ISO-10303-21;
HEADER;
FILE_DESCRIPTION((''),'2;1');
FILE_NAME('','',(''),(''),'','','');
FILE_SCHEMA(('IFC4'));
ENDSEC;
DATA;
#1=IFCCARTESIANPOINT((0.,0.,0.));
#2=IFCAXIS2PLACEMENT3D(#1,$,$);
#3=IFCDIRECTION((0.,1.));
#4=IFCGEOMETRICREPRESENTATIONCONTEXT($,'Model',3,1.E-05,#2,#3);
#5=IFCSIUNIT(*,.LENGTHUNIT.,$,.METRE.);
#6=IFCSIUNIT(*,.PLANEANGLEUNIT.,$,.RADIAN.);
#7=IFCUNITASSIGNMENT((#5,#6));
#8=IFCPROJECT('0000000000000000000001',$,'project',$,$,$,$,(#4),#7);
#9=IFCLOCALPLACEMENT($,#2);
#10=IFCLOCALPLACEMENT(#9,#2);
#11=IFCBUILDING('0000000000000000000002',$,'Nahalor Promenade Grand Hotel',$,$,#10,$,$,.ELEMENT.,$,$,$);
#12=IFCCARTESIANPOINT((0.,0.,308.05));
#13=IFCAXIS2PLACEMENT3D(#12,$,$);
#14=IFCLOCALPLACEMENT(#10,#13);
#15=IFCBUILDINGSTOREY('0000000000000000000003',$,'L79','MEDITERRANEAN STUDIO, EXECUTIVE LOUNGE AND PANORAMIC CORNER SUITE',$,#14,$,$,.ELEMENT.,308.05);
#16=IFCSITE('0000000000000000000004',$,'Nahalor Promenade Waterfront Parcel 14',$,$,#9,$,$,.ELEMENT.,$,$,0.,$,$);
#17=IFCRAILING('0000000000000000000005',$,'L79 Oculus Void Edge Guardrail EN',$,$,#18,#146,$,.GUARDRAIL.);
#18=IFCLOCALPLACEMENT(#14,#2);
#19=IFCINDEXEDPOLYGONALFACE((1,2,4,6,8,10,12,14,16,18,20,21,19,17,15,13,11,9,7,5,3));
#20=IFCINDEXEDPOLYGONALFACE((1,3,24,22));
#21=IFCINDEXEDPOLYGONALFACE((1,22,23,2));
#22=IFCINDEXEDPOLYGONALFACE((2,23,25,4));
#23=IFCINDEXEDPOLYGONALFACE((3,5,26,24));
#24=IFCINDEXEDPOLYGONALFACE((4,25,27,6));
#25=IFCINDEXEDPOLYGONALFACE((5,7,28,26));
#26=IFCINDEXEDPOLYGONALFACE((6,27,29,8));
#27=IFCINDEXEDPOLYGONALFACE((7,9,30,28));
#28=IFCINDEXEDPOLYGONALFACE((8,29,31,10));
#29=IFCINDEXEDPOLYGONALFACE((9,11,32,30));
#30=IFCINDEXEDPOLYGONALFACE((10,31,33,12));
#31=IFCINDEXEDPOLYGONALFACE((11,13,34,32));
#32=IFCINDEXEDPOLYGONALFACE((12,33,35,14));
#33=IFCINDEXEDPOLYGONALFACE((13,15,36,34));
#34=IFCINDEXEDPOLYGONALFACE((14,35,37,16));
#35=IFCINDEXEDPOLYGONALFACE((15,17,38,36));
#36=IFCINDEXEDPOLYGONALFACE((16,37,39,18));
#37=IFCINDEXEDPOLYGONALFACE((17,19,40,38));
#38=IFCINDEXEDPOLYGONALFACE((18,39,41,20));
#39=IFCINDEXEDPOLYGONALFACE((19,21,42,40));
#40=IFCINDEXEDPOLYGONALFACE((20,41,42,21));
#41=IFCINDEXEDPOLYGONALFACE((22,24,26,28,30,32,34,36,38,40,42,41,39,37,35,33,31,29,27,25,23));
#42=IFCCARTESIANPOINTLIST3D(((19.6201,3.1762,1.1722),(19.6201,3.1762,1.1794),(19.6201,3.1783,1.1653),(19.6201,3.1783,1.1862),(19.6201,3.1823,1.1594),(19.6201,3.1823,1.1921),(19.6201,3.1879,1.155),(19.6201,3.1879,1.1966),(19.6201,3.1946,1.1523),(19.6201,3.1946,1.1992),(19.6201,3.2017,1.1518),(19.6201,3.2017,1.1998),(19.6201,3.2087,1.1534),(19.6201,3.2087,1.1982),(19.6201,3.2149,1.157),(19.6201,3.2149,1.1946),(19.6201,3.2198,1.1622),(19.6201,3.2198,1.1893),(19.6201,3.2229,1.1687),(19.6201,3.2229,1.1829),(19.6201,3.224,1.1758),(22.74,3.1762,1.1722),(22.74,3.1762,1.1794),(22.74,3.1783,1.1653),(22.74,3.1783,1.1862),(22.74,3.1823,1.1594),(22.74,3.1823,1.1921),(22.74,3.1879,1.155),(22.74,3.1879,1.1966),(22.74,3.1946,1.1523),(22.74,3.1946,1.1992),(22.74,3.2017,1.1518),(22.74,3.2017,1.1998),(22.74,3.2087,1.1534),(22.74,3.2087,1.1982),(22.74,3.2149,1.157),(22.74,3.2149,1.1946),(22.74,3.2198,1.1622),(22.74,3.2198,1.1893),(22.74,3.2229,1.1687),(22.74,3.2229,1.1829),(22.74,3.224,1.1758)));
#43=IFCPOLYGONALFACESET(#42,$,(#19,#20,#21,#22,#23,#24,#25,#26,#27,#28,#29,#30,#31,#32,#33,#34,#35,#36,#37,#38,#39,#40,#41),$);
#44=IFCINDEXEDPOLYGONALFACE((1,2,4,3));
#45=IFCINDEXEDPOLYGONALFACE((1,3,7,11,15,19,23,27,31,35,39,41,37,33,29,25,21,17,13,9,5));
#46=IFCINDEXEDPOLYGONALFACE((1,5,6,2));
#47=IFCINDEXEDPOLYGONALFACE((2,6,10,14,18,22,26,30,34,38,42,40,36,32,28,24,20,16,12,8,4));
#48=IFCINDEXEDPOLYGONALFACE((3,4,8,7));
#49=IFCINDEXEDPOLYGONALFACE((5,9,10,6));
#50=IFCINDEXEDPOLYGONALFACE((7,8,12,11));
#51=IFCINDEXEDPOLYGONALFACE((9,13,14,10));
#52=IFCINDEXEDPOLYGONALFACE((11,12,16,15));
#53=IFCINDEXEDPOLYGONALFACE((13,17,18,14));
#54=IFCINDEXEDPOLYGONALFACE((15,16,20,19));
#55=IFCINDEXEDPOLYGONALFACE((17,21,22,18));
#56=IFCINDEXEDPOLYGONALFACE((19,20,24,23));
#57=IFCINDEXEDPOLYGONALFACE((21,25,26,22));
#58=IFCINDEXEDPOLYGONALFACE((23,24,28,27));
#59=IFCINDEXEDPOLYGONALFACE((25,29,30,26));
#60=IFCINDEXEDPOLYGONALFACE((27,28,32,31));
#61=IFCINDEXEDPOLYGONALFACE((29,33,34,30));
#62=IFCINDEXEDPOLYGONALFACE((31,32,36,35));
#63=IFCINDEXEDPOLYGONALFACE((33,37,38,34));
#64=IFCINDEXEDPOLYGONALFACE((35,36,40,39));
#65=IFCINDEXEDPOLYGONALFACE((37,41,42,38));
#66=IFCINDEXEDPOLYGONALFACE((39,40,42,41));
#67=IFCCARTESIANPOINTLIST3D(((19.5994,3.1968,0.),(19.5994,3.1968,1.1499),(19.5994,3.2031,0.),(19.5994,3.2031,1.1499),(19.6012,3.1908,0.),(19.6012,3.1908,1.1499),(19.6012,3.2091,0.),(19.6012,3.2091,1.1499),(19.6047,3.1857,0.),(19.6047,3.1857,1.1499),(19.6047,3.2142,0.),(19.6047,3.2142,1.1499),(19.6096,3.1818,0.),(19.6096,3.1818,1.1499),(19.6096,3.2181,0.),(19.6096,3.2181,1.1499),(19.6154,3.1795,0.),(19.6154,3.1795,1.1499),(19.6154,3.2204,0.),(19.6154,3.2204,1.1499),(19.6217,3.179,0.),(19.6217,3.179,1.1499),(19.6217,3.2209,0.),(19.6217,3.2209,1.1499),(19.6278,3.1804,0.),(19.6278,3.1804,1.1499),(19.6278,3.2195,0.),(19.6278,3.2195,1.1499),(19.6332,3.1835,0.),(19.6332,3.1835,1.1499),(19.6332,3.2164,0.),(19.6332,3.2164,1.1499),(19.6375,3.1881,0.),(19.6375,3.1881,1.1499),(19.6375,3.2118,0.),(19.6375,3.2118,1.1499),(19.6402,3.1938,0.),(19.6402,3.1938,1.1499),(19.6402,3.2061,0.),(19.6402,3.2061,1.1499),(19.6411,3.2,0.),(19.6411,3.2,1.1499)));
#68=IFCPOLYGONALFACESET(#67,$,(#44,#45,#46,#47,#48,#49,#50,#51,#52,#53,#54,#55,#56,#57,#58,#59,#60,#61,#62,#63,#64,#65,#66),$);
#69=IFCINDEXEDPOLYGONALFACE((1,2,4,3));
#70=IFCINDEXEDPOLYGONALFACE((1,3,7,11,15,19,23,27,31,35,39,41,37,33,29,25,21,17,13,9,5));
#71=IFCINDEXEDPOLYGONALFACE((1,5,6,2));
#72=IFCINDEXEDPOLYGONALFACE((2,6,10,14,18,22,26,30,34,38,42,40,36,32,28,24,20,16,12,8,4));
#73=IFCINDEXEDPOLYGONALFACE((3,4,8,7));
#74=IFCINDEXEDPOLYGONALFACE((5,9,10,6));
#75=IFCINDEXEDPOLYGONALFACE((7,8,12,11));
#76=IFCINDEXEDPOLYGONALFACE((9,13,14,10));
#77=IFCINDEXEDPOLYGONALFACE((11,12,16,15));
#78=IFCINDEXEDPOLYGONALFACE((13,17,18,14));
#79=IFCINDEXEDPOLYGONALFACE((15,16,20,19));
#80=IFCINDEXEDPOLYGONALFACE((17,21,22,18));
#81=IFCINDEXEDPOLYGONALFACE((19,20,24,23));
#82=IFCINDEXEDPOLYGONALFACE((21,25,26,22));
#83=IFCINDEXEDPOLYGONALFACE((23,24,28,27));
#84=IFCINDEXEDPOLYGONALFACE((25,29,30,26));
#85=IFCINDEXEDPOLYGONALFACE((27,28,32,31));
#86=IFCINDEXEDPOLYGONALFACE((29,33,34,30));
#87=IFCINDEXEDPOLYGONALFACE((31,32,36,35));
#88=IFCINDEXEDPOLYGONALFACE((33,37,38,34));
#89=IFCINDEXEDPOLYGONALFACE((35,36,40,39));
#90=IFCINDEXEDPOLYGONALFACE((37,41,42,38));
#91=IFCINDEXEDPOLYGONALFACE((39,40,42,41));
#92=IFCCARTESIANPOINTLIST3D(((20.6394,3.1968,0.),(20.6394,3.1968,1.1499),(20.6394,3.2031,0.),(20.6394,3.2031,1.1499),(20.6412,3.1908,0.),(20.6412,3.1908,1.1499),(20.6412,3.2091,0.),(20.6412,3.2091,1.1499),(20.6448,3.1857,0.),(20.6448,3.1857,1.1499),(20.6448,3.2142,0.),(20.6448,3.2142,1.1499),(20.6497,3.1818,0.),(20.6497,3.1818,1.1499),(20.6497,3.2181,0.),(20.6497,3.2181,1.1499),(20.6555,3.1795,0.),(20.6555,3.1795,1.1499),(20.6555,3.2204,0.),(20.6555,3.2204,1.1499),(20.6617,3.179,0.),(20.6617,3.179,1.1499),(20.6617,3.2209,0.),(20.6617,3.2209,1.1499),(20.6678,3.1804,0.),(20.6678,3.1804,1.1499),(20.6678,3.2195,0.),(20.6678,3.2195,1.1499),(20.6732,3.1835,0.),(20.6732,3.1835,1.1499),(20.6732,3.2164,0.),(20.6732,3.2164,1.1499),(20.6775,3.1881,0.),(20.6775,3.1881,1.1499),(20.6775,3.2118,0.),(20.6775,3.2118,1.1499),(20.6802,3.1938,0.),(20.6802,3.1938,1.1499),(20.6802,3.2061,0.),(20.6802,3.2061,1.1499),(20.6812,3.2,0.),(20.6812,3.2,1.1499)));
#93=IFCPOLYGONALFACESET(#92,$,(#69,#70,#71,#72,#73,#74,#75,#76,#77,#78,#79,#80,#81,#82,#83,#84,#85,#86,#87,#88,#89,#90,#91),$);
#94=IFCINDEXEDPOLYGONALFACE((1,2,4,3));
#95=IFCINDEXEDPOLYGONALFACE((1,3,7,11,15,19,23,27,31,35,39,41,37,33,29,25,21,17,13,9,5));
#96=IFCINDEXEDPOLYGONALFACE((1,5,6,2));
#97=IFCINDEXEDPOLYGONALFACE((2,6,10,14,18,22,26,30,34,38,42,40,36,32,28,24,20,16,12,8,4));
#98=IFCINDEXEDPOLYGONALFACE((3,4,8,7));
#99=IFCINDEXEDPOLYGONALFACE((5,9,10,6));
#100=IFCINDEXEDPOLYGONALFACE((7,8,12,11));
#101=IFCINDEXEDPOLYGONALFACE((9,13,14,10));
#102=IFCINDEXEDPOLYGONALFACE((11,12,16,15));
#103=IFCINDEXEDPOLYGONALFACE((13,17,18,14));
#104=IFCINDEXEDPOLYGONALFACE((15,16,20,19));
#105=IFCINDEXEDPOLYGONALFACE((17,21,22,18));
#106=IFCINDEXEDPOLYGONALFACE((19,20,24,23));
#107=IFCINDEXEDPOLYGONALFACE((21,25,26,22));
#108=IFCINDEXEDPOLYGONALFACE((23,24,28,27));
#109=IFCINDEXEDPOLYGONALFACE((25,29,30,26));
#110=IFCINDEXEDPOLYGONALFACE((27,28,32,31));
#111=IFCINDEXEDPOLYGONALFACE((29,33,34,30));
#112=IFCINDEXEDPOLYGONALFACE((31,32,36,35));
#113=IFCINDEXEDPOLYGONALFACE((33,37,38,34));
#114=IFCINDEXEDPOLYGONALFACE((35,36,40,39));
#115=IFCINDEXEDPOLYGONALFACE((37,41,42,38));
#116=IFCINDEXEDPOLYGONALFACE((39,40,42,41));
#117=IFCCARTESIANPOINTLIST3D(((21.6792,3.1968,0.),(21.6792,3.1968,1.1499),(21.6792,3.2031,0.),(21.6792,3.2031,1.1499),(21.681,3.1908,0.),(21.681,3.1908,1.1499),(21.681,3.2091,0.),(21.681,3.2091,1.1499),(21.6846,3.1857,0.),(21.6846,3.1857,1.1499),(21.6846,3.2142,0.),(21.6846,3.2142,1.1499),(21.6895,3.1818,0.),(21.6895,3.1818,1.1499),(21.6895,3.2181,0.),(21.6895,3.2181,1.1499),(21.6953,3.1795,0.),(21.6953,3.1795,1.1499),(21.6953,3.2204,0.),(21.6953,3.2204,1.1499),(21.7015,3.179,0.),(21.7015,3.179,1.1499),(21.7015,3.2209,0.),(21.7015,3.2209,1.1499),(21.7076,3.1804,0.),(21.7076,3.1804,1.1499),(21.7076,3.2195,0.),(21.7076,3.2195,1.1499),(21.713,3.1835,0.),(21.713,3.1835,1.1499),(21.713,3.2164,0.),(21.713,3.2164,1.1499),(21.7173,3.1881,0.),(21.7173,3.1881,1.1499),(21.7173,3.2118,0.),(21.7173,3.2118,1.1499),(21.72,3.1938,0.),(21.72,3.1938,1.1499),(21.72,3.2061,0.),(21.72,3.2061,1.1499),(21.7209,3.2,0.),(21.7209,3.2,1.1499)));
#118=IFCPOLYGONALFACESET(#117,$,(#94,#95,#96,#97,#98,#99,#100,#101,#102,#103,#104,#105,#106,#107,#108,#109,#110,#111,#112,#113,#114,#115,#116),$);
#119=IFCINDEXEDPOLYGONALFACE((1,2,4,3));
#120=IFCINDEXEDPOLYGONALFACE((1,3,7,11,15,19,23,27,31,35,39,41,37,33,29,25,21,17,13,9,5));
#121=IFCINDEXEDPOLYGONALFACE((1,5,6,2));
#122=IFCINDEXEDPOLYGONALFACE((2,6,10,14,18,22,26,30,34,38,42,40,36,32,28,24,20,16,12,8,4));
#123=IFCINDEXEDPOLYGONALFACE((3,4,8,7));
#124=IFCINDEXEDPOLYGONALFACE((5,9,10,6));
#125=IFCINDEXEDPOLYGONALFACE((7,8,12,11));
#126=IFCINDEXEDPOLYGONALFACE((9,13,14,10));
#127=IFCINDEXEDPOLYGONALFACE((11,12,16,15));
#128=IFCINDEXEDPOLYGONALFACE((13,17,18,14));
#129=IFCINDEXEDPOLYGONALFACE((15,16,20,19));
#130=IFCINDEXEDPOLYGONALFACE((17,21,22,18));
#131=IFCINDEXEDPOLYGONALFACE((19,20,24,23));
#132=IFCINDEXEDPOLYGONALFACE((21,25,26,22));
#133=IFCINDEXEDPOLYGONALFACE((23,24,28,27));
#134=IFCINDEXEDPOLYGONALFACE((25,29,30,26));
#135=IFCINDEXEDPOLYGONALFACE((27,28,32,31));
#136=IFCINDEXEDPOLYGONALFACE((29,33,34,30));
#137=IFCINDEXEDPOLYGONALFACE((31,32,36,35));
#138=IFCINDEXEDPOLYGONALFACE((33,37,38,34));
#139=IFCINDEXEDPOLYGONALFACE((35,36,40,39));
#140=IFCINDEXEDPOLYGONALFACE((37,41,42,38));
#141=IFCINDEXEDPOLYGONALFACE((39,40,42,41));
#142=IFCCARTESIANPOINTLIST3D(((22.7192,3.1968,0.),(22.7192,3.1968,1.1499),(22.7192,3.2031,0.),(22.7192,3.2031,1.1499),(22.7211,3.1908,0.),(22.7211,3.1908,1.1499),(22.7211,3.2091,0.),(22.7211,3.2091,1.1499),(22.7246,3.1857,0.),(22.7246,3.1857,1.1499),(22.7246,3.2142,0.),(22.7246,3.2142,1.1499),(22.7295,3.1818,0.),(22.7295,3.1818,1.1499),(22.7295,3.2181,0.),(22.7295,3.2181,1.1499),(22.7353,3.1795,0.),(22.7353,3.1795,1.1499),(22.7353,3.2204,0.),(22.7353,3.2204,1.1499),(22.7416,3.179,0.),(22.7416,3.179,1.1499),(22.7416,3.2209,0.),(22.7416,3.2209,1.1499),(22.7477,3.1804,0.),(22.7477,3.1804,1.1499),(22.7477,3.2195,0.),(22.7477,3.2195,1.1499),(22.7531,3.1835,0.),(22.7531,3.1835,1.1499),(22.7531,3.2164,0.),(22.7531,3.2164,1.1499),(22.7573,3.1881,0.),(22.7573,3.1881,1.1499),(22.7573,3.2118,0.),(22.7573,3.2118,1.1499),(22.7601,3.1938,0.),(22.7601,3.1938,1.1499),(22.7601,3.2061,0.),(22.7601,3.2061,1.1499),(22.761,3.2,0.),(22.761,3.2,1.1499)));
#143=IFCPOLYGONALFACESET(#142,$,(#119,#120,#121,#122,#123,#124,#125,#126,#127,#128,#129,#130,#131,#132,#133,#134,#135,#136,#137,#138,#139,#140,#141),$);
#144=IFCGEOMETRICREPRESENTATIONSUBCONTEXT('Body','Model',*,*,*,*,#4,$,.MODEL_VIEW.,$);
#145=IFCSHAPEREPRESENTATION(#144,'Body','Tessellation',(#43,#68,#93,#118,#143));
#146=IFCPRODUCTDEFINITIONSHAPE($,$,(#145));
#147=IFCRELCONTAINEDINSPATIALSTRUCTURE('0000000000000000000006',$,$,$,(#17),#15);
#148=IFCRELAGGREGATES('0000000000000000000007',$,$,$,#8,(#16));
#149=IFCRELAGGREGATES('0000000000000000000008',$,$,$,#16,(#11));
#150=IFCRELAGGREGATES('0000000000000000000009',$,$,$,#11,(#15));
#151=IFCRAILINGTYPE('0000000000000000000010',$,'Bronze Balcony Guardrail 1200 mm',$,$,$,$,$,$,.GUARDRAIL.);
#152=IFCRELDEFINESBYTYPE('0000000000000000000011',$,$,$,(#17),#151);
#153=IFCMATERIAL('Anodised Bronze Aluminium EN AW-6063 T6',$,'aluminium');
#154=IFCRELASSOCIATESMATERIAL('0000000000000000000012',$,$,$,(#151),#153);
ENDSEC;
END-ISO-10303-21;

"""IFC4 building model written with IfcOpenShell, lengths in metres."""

from ifc_helpers import new_model, si_unit, direction, frame, origin, origin_2d, place, context, subcontext, project, spatial, circle, extrude, material, type_object, element, save


model = new_model("IFC4")

# Units and contexts
model_context = context("Model", 3, precision=1e-05, world=origin(), true_north=direction((0.0, 1.0)))
body_context = subcontext(model_context, "Body", "Model", "MODEL_VIEW")
ifc_project = project(units=[si_unit("LENGTHUNIT", "METRE"), si_unit("PLANEANGLEUNIT", "RADIAN")], contexts=[model_context])

# Site, building, storey
site_placement = place(None, origin())
site = spatial("IfcSite", under=ifc_project, at=site_placement, Name="Nahalor Promenade Waterfront Parcel 14", CompositionType="ELEMENT", RefElevation=0.0)
building_placement = place(site_placement, origin())
building = spatial("IfcBuilding", under=site, at=building_placement, Name="Nahalor Promenade Grand Hotel", CompositionType="ELEMENT")
storey_placement = place(building_placement, frame((0.0, 0.0, 308.05)))
storey = spatial("IfcBuildingStorey", under=building, at=storey_placement, Name="L79", Description="MEDITERRANEAN STUDIO, EXECUTIVE LOUNGE AND PANORAMIC CORNER SUITE", CompositionType="ELEMENT", Elevation=308.05)

# Shared definitions
ifc_material_1 = material(Name="Anodised Bronze Aluminium EN AW-6063 T6", Category="aluminium")

# Railing
railing_type = type_object("IfcRailingType", Name="Bronze Balcony Guardrail 1200 mm", PredefinedType="GUARDRAIL", material=ifc_material_1)
railing_placement = place(storey_placement, frame((19.6201, 3.2, 0.0)))
element("IfcRailing", 1, at=railing_placement, inside=storey, type_object=railing_type, Name="L79 Oculus Void Edge Guardrail EN", PredefinedType="GUARDRAIL", context=body_context, shape_type="SweptSolid", body=[
    extrude(circle(Radius=0.024, at=origin_2d()), frame((0.0, 0.0, 1.1758), z_axis=(1.0, 0.0, 0.0), x_axis=(0.0, 1.0, 0.0)), (0.0, 0.0, 1.0), 3.1199),
    extrude(circle(Radius=0.021, at=origin_2d()), origin(), (0.0, 0.0, 1.0), 1.1499),
    extrude(circle(Radius=0.021, at=origin_2d()), frame((1.04, 0.0, 0.0)), (0.0, 0.0, 1.0), 1.1499),
    extrude(circle(Radius=0.021, at=origin_2d()), frame((2.0798, 0.0, 0.0)), (0.0, 0.0, 1.0), 1.1499),
    extrude(circle(Radius=0.021, at=origin_2d()), frame((3.1199, 0.0, 0.0)), (0.0, 0.0, 1.0), 1.1499),
])

save(model, "model.ifc")
